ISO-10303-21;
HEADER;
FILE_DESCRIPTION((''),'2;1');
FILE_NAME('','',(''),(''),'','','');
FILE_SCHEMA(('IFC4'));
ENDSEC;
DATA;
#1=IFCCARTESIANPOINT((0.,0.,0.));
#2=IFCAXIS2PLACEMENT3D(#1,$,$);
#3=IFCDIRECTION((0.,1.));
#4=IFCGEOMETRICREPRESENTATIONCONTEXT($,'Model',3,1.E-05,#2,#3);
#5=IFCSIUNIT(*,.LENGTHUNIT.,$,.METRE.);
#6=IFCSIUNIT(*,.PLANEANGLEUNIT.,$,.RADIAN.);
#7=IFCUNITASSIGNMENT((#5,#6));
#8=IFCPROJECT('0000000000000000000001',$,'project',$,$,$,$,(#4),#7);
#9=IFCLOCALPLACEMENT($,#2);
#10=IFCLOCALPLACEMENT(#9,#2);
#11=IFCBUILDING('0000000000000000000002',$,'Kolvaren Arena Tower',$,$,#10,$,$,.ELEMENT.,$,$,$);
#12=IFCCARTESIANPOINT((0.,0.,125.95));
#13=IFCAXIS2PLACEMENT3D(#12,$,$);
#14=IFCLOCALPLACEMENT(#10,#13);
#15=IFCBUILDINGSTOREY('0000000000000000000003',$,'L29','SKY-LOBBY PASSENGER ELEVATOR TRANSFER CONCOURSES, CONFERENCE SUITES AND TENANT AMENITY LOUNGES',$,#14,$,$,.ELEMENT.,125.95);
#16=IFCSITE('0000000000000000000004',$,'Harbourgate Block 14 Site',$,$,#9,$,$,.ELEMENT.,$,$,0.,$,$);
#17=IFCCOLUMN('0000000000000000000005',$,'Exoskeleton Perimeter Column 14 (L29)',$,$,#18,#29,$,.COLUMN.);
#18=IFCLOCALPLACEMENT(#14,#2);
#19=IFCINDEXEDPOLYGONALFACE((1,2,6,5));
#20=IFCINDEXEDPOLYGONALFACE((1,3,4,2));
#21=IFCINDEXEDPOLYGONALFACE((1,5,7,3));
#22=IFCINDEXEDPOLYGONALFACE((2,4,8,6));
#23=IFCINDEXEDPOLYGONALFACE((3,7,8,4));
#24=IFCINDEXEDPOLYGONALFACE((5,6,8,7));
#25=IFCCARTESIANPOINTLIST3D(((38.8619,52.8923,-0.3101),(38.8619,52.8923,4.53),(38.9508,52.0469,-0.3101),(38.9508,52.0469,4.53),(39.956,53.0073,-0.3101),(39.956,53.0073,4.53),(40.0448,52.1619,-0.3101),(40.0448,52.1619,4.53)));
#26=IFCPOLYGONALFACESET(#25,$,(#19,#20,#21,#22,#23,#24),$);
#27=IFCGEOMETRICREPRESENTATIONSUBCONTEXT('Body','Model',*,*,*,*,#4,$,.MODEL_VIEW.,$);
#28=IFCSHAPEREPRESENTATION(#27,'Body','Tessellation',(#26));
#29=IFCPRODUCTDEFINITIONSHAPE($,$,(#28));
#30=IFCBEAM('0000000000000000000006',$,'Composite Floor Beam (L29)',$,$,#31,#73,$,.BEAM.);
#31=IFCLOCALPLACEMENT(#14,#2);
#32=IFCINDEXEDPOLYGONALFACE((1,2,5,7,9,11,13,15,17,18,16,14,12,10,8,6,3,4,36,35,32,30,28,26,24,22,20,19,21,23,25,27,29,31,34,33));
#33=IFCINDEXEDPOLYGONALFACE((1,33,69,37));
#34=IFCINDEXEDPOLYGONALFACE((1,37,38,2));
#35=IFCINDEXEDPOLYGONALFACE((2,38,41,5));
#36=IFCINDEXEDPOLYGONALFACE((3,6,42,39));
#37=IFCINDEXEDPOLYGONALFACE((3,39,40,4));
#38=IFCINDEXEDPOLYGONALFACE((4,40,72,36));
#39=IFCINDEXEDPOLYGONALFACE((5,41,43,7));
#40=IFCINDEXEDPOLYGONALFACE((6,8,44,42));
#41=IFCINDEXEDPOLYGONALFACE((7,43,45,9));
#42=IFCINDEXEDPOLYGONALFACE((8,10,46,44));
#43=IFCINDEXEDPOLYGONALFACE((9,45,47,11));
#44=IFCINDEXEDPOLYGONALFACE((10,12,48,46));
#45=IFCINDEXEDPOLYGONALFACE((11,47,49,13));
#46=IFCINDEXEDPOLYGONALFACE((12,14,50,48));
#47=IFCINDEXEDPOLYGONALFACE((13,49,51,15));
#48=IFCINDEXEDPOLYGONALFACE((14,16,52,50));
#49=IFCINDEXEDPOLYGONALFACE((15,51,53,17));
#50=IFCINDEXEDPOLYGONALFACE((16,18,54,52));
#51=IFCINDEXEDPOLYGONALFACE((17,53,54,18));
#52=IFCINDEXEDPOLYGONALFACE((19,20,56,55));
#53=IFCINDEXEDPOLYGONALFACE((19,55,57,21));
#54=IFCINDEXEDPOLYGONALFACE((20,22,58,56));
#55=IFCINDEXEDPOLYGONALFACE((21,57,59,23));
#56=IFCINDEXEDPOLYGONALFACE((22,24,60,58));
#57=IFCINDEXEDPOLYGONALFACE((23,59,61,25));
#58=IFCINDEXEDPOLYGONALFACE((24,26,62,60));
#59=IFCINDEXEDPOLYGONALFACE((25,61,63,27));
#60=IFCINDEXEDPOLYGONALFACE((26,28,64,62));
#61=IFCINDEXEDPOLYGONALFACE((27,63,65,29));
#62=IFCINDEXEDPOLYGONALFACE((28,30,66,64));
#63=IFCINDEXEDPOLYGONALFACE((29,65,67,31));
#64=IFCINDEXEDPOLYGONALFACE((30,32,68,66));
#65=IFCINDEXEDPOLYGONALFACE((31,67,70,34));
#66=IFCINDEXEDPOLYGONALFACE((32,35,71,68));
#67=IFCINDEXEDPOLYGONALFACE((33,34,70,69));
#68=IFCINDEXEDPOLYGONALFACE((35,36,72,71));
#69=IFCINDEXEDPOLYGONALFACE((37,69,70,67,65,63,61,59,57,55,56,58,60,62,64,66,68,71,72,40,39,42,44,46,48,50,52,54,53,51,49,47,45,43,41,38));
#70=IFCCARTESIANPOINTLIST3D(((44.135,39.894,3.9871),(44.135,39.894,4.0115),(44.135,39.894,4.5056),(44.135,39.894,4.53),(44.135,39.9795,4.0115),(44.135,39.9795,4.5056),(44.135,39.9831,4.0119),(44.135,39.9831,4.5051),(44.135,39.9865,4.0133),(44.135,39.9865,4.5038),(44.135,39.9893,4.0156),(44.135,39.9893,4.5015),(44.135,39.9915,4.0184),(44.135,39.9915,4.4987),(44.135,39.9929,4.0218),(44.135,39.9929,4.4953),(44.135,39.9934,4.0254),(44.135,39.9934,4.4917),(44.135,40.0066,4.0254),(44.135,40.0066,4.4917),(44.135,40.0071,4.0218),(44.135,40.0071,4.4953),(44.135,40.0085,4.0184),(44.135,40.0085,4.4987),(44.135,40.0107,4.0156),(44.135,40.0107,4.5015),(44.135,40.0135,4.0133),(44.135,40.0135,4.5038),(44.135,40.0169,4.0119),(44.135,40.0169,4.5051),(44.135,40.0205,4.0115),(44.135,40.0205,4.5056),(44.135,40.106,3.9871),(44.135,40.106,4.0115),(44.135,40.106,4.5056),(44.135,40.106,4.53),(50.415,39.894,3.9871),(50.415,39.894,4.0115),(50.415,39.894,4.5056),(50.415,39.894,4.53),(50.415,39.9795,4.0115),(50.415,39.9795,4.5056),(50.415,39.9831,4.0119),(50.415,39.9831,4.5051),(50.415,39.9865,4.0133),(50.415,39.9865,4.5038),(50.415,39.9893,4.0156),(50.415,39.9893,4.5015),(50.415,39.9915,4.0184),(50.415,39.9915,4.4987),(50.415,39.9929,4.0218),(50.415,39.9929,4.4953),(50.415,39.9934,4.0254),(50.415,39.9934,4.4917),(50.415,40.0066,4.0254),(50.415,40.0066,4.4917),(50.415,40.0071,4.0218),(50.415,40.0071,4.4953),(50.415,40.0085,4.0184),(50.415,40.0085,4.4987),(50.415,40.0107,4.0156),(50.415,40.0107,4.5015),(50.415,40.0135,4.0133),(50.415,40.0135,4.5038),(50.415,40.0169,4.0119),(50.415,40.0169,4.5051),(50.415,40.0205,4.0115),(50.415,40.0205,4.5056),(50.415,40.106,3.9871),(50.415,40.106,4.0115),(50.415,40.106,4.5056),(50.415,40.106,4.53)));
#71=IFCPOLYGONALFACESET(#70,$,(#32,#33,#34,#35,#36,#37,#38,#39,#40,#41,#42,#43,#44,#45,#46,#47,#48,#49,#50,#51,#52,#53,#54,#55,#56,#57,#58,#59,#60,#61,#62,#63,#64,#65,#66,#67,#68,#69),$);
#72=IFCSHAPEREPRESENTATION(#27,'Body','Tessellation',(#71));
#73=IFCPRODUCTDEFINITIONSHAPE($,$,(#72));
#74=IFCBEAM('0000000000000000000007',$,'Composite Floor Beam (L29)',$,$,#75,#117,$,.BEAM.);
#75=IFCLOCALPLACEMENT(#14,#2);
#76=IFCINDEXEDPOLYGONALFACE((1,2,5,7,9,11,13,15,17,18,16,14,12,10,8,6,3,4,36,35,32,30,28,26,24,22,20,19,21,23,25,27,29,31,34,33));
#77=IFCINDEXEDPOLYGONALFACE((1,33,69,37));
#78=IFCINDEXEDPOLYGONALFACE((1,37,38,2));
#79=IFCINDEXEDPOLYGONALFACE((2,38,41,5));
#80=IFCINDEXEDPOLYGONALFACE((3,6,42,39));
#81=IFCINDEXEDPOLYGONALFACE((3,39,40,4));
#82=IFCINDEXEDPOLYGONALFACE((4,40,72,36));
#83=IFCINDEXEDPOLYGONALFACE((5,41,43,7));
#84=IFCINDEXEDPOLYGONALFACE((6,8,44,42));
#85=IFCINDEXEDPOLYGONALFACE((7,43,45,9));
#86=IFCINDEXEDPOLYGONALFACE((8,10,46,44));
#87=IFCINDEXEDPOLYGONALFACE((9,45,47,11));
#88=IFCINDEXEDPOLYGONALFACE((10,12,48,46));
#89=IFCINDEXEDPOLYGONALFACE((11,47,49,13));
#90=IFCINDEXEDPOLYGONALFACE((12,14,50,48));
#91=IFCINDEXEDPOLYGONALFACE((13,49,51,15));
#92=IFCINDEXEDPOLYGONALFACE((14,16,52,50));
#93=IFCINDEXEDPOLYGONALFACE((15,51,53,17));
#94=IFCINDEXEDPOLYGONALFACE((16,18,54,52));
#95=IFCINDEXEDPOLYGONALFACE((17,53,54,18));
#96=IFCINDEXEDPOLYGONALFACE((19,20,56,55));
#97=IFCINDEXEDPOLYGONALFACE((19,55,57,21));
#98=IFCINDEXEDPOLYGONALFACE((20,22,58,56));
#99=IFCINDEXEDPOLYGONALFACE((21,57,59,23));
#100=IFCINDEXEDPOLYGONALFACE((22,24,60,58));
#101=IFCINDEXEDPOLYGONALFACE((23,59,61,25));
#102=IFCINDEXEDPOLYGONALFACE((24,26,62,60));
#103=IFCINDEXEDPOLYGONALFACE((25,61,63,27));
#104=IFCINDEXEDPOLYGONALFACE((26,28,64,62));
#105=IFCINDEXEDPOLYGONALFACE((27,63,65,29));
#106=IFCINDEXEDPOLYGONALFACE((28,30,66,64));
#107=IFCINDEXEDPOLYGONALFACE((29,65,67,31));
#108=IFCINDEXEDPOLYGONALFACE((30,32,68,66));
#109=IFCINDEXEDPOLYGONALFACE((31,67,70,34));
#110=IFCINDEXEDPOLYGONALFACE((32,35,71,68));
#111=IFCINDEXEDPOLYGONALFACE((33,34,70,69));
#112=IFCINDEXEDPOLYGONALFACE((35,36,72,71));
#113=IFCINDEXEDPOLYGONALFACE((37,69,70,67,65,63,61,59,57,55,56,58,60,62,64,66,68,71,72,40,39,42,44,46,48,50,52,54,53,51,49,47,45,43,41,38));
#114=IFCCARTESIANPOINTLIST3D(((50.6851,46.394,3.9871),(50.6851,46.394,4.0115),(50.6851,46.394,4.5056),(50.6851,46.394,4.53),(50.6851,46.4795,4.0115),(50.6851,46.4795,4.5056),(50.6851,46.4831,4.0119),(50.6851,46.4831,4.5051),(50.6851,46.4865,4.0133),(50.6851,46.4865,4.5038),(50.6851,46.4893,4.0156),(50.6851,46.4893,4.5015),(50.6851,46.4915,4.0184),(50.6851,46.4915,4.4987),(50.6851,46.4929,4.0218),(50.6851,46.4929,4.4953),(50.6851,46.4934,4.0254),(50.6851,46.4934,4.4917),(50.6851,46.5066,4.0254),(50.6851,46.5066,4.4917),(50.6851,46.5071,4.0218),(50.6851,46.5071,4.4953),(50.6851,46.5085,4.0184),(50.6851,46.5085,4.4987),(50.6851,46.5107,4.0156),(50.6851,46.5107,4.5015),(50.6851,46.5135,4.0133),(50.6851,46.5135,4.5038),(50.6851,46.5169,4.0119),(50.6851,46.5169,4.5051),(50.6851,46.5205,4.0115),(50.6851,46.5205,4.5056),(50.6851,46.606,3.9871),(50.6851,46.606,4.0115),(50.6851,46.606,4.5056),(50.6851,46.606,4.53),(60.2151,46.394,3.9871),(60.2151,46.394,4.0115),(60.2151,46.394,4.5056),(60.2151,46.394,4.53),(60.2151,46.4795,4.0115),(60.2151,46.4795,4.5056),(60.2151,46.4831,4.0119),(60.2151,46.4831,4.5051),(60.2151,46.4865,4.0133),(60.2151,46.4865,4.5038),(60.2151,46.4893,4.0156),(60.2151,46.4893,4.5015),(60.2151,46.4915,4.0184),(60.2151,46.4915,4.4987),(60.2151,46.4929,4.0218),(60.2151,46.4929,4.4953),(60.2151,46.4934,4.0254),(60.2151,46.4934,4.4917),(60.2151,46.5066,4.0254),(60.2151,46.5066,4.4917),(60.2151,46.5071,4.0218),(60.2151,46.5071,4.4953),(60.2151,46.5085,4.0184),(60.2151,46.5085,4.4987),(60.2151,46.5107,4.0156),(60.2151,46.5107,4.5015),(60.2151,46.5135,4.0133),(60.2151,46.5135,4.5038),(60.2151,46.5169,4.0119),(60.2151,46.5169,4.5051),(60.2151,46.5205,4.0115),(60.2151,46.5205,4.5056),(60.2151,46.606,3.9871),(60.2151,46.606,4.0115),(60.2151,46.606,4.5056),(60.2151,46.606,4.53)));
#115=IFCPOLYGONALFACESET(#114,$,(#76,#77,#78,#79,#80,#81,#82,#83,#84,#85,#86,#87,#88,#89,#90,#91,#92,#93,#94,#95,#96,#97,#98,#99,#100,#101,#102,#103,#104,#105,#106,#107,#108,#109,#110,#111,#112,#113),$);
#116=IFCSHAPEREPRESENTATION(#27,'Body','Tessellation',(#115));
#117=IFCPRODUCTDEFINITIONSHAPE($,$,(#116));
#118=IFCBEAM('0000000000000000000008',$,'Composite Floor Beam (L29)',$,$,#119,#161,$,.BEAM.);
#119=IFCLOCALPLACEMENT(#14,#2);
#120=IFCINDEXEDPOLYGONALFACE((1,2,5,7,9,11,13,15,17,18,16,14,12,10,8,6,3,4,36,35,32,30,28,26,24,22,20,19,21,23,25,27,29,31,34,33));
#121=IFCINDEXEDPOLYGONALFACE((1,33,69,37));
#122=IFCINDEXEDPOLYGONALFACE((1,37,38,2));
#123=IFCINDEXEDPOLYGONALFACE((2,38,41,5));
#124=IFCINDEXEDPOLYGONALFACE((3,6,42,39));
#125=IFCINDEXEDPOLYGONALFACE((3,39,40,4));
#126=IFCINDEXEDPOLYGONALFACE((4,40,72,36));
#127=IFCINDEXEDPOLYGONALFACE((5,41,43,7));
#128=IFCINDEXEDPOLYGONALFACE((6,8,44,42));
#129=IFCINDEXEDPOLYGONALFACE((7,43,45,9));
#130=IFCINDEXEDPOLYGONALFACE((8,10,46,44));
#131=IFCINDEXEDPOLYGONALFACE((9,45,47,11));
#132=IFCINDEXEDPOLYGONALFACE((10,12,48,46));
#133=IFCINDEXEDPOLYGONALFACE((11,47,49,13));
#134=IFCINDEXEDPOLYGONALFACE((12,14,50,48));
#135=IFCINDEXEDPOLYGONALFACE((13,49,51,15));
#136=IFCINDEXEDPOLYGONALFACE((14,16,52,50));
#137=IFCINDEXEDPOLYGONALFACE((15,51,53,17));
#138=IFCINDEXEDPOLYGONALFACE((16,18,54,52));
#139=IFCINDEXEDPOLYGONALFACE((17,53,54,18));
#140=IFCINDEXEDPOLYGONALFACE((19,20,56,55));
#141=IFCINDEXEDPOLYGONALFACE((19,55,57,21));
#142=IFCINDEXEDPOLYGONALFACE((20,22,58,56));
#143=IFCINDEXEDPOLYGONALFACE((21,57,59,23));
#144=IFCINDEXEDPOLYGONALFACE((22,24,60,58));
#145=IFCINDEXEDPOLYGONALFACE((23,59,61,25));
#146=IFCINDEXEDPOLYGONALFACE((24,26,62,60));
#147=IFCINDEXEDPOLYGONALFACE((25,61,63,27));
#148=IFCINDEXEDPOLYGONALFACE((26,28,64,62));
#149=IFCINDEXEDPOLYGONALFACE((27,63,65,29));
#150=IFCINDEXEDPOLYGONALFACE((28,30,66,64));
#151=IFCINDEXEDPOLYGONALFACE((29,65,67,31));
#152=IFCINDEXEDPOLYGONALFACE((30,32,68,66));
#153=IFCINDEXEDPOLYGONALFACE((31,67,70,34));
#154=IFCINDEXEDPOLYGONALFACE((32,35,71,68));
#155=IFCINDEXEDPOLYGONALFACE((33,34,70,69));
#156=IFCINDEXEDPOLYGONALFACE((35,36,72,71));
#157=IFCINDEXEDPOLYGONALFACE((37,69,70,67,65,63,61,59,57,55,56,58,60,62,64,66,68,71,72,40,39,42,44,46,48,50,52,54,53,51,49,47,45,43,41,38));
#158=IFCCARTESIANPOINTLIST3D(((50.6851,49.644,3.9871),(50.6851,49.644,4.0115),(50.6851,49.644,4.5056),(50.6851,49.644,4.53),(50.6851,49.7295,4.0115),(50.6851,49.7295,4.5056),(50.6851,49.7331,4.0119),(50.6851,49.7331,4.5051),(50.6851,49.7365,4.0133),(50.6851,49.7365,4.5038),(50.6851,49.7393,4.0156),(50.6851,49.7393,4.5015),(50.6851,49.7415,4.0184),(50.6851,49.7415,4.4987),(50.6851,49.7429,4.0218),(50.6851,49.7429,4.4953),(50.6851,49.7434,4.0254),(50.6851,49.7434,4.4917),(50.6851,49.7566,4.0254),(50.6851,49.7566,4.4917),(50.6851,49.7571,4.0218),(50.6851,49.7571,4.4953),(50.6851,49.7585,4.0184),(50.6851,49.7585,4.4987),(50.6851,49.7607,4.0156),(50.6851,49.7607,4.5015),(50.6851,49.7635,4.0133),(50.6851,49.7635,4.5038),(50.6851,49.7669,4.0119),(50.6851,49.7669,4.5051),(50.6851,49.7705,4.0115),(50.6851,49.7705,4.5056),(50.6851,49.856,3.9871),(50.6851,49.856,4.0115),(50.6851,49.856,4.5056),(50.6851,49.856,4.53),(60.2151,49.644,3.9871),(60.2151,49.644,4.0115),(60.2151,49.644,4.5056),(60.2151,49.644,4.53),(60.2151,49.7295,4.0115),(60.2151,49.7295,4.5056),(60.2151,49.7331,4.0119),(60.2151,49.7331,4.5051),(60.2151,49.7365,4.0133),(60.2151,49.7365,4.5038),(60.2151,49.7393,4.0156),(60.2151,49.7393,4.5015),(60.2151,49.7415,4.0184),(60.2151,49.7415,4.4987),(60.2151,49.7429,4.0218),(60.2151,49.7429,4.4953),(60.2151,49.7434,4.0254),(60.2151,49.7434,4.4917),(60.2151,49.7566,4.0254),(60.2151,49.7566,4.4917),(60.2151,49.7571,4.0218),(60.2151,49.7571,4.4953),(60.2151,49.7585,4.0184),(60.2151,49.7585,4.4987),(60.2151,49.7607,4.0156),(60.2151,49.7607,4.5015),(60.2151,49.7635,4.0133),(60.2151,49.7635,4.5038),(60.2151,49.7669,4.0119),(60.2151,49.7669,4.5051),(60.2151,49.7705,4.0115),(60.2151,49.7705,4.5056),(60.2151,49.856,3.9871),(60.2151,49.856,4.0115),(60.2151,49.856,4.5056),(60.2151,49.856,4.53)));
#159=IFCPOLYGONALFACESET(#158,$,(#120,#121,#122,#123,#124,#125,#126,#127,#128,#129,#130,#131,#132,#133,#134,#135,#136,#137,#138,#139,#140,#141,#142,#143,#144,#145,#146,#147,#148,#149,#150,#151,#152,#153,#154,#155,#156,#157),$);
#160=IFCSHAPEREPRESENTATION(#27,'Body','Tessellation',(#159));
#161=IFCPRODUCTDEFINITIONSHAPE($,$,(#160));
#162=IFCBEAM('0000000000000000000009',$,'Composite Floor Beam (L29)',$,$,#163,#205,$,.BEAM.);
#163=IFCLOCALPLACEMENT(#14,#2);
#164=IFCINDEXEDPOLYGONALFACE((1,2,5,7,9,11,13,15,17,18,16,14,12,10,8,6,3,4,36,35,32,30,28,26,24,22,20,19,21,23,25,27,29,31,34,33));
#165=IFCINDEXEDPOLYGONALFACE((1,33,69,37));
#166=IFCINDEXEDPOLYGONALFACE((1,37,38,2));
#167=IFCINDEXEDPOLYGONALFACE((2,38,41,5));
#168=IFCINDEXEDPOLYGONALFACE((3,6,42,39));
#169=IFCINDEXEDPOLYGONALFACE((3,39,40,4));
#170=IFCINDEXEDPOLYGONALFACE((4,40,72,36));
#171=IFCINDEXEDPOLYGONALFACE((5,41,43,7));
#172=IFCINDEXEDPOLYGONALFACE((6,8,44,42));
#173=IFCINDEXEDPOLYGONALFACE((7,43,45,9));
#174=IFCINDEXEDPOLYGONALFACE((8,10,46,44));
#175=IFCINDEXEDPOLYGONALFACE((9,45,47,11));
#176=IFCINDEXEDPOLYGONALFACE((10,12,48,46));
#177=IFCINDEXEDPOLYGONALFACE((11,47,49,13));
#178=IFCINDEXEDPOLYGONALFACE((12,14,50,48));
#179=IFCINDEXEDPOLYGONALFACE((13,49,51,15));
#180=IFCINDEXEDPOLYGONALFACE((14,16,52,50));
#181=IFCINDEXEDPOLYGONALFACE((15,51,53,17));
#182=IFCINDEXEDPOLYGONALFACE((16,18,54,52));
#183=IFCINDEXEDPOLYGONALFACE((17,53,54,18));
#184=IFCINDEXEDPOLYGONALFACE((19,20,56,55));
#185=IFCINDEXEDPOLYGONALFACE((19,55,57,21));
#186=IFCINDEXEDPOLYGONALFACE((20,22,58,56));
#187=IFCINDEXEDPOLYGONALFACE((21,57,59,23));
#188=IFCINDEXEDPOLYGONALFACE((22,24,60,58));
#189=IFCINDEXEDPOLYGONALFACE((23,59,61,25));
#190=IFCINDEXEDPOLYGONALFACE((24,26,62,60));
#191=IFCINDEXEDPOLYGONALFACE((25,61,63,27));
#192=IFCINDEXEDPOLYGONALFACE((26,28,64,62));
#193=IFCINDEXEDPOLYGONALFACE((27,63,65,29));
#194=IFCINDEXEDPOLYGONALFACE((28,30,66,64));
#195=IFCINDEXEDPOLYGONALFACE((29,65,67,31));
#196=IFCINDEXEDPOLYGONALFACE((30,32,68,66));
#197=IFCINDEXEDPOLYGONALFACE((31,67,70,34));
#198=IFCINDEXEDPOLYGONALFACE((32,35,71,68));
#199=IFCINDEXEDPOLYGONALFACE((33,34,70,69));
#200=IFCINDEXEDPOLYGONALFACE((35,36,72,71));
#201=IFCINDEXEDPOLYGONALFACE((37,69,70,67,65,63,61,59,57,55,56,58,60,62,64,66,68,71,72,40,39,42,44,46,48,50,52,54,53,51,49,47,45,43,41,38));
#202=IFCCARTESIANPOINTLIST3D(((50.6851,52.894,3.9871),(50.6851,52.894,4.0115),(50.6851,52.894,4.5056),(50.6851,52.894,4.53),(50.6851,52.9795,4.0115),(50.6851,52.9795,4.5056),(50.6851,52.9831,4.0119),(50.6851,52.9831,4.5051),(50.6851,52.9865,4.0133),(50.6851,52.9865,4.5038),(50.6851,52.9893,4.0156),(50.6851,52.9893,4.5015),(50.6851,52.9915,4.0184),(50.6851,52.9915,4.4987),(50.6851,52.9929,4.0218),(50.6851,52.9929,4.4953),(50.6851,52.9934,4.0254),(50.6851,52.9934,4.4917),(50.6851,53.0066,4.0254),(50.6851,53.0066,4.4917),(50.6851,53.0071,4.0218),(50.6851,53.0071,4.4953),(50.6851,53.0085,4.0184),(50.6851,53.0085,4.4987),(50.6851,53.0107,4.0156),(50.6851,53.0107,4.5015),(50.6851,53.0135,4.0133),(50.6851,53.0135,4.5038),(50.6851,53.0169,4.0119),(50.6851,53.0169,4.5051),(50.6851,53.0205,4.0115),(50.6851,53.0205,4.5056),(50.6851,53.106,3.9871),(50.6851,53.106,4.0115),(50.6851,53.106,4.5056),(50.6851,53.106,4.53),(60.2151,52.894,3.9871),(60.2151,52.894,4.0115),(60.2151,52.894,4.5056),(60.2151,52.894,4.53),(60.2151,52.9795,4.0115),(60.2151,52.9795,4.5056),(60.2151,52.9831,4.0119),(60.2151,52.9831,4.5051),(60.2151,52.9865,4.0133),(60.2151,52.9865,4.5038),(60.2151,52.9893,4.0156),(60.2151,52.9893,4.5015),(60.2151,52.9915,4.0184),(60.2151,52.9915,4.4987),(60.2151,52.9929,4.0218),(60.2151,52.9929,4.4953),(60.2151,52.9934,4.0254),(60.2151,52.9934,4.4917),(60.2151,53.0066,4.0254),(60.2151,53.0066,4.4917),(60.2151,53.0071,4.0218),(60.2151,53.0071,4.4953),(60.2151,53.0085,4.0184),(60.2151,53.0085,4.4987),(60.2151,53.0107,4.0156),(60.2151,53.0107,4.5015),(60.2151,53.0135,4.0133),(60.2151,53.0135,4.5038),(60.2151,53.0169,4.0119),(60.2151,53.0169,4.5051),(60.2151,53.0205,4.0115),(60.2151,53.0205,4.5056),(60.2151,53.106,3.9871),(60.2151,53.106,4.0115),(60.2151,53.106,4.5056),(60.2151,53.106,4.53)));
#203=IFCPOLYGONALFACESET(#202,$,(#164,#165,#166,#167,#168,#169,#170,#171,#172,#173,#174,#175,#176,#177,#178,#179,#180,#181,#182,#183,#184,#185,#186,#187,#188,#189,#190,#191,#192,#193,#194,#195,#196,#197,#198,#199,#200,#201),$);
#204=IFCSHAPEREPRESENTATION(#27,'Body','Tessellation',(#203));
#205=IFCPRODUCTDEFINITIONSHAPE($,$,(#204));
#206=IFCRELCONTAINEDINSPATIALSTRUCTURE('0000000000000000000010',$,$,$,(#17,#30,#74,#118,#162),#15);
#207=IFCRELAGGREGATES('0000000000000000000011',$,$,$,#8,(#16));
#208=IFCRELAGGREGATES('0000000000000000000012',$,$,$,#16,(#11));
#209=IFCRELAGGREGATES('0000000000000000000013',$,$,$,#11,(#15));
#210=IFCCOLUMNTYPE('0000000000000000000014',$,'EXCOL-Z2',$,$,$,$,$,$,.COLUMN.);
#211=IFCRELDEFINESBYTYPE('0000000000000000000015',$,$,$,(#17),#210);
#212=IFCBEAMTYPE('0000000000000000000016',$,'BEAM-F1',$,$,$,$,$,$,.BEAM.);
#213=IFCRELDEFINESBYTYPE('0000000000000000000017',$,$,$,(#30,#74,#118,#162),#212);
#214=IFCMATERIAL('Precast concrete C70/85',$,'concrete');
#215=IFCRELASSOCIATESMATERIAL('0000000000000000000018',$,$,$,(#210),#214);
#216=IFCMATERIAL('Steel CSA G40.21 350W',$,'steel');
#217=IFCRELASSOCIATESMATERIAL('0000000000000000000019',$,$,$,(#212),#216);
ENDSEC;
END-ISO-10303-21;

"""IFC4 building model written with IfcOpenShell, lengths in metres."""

from ifc_helpers import new_model, si_unit, direction, frame, origin, origin_2d, place, context, subcontext, project, spatial, rectangle, i_section, extrude, material, material_profile, profile_set, type_object, element, save


model = new_model("IFC4")

# Units and contexts
model_context = context("Model", 3, precision=1e-05, world=origin(), true_north=direction((0.0, 1.0)))
body_context = subcontext(model_context, "Body", "Model", "MODEL_VIEW")
ifc_project = project(units=[si_unit("LENGTHUNIT", "METRE"), si_unit("PLANEANGLEUNIT", "RADIAN")], contexts=[model_context])

# Site, building, storey
site_placement = place(None, origin())
site = spatial("IfcSite", under=ifc_project, at=site_placement, Name="Harbourgate Block 14 Site", CompositionType="ELEMENT", RefElevation=0.0)
building_placement = place(site_placement, origin())
building = spatial("IfcBuilding", under=site, at=building_placement, Name="Kolvaren Arena Tower", CompositionType="ELEMENT")
storey_placement = place(building_placement, frame((0.0, 0.0, 125.95)))
storey = spatial("IfcBuildingStorey", under=building, at=storey_placement, Name="L29", Description="SKY-LOBBY PASSENGER ELEVATOR TRANSFER CONCOURSES, CONFERENCE SUITES AND TENANT AMENITY LOUNGES", CompositionType="ELEMENT", Elevation=125.95)

# Column
ifc_material_1 = material(Name="Precast concrete C70/85", Category="concrete")
ifc_material_profile_1 = material_profile(ifc_material_1, rectangle(XDim=1.1001, YDim=0.8501, at=origin_2d()), Name="RC-1100x850")
ifc_profile_set_1 = profile_set([ifc_material_profile_1], Name="Precast concrete C70/85")
column_type = type_object("IfcColumnType", Name="EXCOL-Z2", PredefinedType="COLUMN", material=ifc_profile_set_1)
column_placement = place(storey_placement, frame((39.4534, 52.5271, -0.3101), z_axis=(0.0, 0.0, 1.0), x_axis=(0.994522, 0.104528, 0.0)))
element("IfcColumn", 1, at=column_placement, inside=storey, type_object=column_type, Name="Exoskeleton Perimeter Column 14 (L29)", PredefinedType="COLUMN", context=body_context, shape_type="SweptSolid", body=[
    extrude(rectangle(XDim=1.1001, YDim=0.8501, at=origin_2d()), origin(), (0.0, 0.0, 1.0), 4.8401),
])

# Beams
ifc_material_2 = material(Name="Steel CSA G40.21 350W", Category="steel")
ifc_material_profile_2 = material_profile(ifc_material_2, i_section(OverallWidth=0.2119, OverallDepth=0.543, WebThickness=0.0132, FlangeThickness=0.0244, FilletRadius=0.0139, at=origin_2d()), Name="W530x150")
ifc_profile_set_2 = profile_set([ifc_material_profile_2], Name="Steel CSA G40.21 350W")
beam_type_1 = type_object("IfcBeamType", Name="BEAM-F1", PredefinedType="BEAM", material=ifc_profile_set_2)
beam_1_placement = place(storey_placement, frame((44.135, 40.0, 4.2585), z_axis=(1.0, 0.0, 0.0), x_axis=(0.0, 1.0, 0.0)))
element("IfcBeam", 2, at=beam_1_placement, inside=storey, type_object=beam_type_1, Name="Composite Floor Beam (L29)", PredefinedType="BEAM", context=body_context, shape_type="SweptSolid", body=[
    extrude(i_section(OverallWidth=0.2119, OverallDepth=0.543, WebThickness=0.0132, FlangeThickness=0.0244, FilletRadius=0.0139, at=origin_2d()), origin(), (0.0, 0.0, 1.0), 6.28),
])
for number, where, z_axis, x_axis, name in (
    (3, (50.6851, 46.5, 4.2585), (1.0, 0.0, 0.0), (0.0, 1.0, 0.0), "Composite Floor Beam (L29)"),
    (4, (50.6851, 49.75, 4.2585), (1.0, 0.0, 0.0), (0.0, 1.0, 0.0), "Composite Floor Beam (L29)"),
    (5, (50.6851, 53.0, 4.2585), (1.0, 0.0, 0.0), (0.0, 1.0, 0.0), "Composite Floor Beam (L29)"),
):
    element("IfcBeam", number, at=place(storey_placement, frame(where, z_axis=z_axis, x_axis=x_axis)), inside=storey, type_object=beam_type_1, Name=name, PredefinedType="BEAM", context=body_context, shape_type="SweptSolid", body=[
        extrude(i_section(OverallWidth=0.2119, OverallDepth=0.543, WebThickness=0.0132, FlangeThickness=0.0244, FilletRadius=0.0139, at=origin_2d()), origin(), (0.0, 0.0, 1.0), 9.53),
    ])

save(model, "model.ifc")
